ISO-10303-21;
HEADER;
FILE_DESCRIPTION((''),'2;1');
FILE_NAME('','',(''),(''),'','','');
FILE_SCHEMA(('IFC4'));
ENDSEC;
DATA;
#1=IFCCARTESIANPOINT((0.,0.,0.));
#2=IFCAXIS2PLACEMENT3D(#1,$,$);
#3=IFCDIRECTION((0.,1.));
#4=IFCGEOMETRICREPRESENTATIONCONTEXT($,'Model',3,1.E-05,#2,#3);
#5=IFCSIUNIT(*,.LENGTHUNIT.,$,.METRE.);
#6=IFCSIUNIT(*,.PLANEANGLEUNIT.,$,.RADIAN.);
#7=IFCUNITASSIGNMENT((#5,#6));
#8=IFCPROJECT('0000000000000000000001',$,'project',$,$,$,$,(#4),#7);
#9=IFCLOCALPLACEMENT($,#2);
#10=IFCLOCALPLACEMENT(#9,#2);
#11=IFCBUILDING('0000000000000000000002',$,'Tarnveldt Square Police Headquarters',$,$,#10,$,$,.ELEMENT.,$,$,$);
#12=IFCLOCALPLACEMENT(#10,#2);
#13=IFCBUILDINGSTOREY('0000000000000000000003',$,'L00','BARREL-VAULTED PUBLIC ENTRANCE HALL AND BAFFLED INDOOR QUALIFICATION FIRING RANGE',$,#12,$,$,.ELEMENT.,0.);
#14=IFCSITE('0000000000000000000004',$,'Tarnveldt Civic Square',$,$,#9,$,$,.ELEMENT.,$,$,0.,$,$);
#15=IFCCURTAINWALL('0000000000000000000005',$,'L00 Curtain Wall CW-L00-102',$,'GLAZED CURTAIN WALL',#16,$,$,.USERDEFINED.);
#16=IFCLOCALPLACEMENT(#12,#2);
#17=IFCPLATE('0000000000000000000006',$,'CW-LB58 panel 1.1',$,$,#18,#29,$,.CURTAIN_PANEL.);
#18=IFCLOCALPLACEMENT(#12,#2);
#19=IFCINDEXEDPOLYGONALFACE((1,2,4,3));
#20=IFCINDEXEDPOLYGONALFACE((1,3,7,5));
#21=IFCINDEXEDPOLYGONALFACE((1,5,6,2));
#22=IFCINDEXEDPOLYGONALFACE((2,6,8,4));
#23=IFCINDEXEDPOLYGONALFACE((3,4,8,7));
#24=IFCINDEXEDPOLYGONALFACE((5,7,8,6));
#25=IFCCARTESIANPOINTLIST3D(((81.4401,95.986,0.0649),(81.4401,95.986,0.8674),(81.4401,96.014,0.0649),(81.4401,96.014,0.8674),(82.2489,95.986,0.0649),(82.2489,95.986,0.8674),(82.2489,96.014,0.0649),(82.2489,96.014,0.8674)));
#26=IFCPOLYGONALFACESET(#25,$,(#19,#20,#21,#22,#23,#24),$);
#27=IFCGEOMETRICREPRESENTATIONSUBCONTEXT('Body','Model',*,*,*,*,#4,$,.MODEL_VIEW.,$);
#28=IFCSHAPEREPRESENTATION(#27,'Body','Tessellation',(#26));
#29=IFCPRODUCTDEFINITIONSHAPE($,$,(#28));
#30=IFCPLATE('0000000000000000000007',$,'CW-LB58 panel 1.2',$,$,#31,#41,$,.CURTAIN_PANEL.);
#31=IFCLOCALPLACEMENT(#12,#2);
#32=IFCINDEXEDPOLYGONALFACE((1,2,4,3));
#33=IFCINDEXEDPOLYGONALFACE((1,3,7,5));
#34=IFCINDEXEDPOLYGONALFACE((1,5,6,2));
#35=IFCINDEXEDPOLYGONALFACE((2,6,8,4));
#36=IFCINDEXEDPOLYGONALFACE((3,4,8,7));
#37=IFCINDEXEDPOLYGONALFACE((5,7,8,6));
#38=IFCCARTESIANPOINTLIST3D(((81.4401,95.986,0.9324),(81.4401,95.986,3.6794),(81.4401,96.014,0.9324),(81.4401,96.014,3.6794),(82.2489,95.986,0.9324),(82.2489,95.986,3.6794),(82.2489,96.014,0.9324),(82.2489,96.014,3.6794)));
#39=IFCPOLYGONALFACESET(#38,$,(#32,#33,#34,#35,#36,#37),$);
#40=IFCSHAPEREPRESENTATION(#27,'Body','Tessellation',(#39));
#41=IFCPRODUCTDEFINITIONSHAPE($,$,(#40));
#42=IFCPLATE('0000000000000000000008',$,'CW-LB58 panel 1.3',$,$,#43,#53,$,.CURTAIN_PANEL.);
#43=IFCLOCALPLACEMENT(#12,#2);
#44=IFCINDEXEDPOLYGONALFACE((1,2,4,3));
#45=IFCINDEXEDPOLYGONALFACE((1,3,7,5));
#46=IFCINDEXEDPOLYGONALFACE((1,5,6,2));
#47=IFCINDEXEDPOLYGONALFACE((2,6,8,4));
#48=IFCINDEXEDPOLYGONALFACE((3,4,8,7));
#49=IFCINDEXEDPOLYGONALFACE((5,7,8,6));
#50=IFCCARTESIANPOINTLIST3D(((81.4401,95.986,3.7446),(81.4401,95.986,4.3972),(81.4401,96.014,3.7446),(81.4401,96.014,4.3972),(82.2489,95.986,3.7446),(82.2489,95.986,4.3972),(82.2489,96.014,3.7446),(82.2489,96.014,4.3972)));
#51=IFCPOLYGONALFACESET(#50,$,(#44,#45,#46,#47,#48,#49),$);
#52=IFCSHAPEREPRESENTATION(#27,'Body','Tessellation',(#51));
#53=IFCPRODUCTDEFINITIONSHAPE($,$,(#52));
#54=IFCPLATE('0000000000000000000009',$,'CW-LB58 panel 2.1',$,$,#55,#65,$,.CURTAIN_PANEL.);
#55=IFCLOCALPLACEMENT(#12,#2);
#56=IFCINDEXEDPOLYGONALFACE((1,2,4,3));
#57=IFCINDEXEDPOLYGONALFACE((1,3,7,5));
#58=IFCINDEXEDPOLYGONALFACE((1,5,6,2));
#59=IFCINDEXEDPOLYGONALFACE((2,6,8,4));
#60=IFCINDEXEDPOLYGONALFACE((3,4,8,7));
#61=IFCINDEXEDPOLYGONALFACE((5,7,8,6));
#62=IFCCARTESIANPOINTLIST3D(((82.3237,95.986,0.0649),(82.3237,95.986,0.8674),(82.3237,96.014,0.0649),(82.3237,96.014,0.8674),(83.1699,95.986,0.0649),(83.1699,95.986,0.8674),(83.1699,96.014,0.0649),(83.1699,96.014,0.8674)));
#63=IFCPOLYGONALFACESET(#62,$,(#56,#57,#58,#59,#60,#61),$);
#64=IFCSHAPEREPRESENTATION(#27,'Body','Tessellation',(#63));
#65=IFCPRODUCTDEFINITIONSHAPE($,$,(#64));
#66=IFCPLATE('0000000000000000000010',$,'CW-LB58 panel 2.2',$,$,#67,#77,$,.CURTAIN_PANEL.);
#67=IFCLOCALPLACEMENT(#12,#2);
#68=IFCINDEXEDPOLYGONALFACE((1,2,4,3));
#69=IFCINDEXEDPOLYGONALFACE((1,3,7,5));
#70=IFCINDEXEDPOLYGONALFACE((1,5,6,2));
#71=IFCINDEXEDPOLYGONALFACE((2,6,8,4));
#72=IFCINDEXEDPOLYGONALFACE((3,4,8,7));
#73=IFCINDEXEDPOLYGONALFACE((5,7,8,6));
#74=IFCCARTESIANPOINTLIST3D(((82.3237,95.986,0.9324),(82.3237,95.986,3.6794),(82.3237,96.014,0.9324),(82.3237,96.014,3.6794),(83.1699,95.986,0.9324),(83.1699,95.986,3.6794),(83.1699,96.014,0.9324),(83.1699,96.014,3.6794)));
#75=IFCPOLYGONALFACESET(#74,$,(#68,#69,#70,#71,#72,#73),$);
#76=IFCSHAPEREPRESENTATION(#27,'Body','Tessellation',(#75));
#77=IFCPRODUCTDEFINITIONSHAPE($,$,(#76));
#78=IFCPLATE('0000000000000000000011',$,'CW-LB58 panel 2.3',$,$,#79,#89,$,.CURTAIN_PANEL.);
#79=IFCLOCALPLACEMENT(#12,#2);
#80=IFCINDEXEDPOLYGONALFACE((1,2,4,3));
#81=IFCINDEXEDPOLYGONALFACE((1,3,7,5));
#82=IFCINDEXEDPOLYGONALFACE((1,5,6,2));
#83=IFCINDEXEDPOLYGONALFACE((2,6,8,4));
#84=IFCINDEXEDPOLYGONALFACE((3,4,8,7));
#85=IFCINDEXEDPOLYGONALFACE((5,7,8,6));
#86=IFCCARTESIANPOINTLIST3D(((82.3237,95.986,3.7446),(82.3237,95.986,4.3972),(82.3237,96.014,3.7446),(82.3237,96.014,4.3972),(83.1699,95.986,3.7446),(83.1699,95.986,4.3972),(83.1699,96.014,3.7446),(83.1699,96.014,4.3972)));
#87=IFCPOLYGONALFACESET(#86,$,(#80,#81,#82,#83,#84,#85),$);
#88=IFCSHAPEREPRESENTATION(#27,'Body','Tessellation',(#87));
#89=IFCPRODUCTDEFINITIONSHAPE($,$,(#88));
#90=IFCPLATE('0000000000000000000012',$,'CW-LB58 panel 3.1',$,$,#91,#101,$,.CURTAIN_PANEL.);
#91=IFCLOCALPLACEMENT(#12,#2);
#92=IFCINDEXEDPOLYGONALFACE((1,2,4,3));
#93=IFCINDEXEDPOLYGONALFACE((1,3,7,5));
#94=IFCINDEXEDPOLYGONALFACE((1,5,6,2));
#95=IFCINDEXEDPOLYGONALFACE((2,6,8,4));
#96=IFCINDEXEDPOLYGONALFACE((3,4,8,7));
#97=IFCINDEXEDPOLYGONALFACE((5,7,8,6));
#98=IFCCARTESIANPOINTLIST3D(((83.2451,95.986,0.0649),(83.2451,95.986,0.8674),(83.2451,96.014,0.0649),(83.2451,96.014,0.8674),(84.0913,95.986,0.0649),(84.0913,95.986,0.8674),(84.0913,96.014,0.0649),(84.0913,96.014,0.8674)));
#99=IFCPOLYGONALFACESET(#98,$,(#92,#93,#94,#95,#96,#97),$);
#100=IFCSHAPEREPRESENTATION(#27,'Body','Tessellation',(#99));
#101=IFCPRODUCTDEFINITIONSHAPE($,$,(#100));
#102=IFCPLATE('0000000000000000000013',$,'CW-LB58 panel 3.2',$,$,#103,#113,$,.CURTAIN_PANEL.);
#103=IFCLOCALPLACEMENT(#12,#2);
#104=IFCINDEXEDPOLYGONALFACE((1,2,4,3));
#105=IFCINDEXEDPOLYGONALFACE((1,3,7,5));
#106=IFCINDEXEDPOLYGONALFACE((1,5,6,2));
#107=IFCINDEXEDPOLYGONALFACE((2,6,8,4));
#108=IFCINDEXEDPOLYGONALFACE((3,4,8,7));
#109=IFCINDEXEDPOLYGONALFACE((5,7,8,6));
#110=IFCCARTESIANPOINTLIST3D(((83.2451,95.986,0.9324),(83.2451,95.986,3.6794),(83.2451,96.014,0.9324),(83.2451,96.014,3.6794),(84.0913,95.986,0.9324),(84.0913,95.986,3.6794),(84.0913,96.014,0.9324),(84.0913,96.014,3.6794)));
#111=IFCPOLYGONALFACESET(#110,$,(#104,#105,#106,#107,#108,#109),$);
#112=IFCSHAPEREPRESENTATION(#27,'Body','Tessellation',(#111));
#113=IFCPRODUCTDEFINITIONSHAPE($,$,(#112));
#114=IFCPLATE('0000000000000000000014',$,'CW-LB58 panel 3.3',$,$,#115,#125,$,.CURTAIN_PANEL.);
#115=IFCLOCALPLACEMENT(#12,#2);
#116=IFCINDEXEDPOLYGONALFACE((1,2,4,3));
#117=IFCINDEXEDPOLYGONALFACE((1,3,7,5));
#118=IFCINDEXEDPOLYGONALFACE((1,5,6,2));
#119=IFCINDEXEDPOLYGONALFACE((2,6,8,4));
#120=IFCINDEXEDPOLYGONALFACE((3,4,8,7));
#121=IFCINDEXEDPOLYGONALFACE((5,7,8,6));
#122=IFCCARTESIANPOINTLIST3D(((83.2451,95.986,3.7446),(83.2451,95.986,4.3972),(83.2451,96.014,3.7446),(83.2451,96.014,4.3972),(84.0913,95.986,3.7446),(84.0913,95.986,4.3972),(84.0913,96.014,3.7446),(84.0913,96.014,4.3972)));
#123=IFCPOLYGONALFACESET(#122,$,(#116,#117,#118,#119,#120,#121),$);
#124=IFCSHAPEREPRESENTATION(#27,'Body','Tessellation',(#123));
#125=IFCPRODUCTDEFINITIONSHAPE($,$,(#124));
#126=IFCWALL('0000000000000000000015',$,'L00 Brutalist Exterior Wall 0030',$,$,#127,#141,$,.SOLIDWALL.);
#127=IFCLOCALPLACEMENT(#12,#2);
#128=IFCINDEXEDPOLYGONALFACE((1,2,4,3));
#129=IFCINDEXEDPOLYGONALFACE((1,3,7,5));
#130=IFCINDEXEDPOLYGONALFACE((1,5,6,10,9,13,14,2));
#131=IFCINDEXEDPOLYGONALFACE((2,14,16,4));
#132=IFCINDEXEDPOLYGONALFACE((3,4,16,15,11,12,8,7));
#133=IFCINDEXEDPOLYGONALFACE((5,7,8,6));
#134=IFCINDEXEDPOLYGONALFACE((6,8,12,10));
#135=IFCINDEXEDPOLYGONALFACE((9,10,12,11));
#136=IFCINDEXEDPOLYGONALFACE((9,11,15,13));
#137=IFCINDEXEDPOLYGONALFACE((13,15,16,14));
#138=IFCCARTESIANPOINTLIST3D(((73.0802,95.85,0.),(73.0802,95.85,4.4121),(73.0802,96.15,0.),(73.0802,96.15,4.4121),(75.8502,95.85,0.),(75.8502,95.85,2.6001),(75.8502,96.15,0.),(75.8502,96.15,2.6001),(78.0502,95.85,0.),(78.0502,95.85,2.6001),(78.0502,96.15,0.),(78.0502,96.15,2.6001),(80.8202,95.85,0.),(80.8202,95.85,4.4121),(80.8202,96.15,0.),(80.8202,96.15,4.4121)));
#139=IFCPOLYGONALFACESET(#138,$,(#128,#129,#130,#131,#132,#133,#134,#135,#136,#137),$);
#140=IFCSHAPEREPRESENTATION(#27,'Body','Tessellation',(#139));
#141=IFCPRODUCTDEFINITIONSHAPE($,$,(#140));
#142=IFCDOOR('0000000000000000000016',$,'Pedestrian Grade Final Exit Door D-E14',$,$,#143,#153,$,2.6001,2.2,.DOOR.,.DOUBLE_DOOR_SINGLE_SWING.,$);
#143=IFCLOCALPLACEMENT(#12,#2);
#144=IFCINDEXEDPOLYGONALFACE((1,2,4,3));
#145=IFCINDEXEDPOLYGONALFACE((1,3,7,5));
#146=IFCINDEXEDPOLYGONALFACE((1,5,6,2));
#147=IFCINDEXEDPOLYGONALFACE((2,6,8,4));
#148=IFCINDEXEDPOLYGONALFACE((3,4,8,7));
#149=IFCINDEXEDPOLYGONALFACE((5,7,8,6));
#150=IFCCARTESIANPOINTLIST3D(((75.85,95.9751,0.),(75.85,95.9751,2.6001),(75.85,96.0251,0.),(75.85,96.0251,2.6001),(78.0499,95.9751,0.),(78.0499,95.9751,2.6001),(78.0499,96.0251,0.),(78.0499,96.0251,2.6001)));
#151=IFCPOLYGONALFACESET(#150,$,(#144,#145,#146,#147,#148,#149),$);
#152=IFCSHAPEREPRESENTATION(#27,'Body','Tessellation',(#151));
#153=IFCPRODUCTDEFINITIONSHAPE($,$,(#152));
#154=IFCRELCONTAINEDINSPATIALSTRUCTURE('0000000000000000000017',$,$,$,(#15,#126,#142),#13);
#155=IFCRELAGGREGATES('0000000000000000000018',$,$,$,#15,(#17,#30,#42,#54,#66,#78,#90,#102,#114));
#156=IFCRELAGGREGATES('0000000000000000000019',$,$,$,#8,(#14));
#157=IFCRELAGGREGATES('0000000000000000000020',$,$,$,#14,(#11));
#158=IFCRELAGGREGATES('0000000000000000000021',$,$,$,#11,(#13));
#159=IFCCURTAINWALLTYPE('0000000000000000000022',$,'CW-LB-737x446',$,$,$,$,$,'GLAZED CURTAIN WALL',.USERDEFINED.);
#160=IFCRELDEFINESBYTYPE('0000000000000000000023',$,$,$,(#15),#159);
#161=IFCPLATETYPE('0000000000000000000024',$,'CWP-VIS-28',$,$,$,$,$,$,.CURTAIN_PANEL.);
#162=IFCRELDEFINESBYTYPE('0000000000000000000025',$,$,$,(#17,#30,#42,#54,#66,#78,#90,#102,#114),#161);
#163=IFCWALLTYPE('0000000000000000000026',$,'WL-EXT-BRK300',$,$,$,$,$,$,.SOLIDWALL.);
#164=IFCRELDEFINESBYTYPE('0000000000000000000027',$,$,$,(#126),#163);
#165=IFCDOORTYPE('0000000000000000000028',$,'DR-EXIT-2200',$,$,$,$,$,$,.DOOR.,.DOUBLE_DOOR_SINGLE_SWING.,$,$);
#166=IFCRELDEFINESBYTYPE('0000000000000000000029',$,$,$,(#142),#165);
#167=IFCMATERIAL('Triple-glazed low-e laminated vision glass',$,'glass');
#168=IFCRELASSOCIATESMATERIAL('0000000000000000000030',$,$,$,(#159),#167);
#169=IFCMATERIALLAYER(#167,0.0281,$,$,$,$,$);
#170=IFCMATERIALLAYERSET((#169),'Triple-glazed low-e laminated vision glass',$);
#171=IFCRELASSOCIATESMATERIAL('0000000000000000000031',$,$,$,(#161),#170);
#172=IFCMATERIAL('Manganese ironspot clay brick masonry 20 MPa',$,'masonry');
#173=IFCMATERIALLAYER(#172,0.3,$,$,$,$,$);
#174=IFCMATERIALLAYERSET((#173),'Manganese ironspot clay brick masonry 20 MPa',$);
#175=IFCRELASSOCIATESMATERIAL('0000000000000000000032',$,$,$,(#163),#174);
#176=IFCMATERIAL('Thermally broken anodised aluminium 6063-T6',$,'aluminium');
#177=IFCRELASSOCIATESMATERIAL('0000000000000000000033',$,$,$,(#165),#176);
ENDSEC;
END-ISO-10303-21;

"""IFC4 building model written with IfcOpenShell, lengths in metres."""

from ifc_helpers import new_model, si_unit, direction, frame, frame_2d, origin, origin_2d, place, context, subcontext, project, spatial, rectangle, extrude, material, layer, layer_set, type_object, element, fill, aggregate, save


model = new_model("IFC4")

# Units and contexts
model_context = context("Model", 3, precision=1e-05, world=origin(), true_north=direction((0.0, 1.0)))
body_context = subcontext(model_context, "Body", "Model", "MODEL_VIEW")
ifc_project = project(units=[si_unit("LENGTHUNIT", "METRE"), si_unit("PLANEANGLEUNIT", "RADIAN")], contexts=[model_context])

# Site, building, storey
site_placement = place(None, origin())
site = spatial("IfcSite", under=ifc_project, at=site_placement, Name="Tarnveldt Civic Square", CompositionType="ELEMENT", RefElevation=0.0)
building_placement = place(site_placement, origin())
building = spatial("IfcBuilding", under=site, at=building_placement, Name="Tarnveldt Square Police Headquarters", CompositionType="ELEMENT")
storey_placement = place(building_placement, origin())
storey = spatial("IfcBuildingStorey", under=building, at=storey_placement, Name="L00", Description="BARREL-VAULTED PUBLIC ENTRANCE HALL AND BAFFLED INDOOR QUALIFICATION FIRING RANGE", CompositionType="ELEMENT", Elevation=0.0)

# Curtain wall, plates
ifc_material_1 = material(Name="Triple-glazed low-e laminated vision glass", Category="glass")
curtain_wall_type = type_object("IfcCurtainWallType", Name="CW-LB-737x446", ElementType="GLAZED CURTAIN WALL", PredefinedType="USERDEFINED", material=ifc_material_1)
curtain_wall_placement = place(storey_placement, origin())
curtain_wall = element("IfcCurtainWall", 1, at=curtain_wall_placement, inside=storey, type_object=curtain_wall_type, Name="L00 Curtain Wall CW-L00-102", ObjectType="GLAZED CURTAIN WALL", PredefinedType="USERDEFINED")
ifc_material_2 = material(Name="Thermally broken anodised aluminium 6063-T6", Category="aluminium")
ifc_layer_1 = layer(ifc_material_1, 0.0281)
ifc_layer_set_1 = layer_set([ifc_layer_1], Name="Triple-glazed low-e laminated vision glass")
plate_type = type_object("IfcPlateType", Name="CWP-VIS-28", PredefinedType="CURTAIN_PANEL", material=ifc_layer_set_1)
plate_1_placement = place(storey_placement, frame((81.8445, 96.0, 0.0649), z_axis=(0.0, 0.0, 1.0), x_axis=(1.0, 0.0, 0.0)))
plate_1 = element("IfcPlate", 2, at=plate_1_placement, type_object=plate_type, Name="CW-LB58 panel 1.1", PredefinedType="CURTAIN_PANEL", context=body_context, shape_type="SweptSolid", body=[
    extrude(rectangle(XDim=0.8088, YDim=0.0281, at=origin_2d()), origin(), (0.0, 0.0, 1.0), 0.8025),
])
plate_2_placement = place(storey_placement, frame((81.8445, 96.0, 0.9324), z_axis=(0.0, 0.0, 1.0), x_axis=(1.0, 0.0, 0.0)))
plate_2 = element("IfcPlate", 3, at=plate_2_placement, type_object=plate_type, Name="CW-LB58 panel 1.2", PredefinedType="CURTAIN_PANEL", context=body_context, shape_type="SweptSolid", body=[
    extrude(rectangle(XDim=0.8088, YDim=0.0281, at=origin_2d()), origin(), (0.0, 0.0, 1.0), 2.7471),
])
plate_3_placement = place(storey_placement, frame((81.8445, 96.0, 3.7446), z_axis=(0.0, 0.0, 1.0), x_axis=(1.0, 0.0, 0.0)))
plate_3 = element("IfcPlate", 4, at=plate_3_placement, type_object=plate_type, Name="CW-LB58 panel 1.3", PredefinedType="CURTAIN_PANEL", context=body_context, shape_type="SweptSolid", body=[
    extrude(rectangle(XDim=0.8088, YDim=0.0281, at=origin_2d()), origin(), (0.0, 0.0, 1.0), 0.6526),
])
plate_4_placement = place(storey_placement, frame((82.7468, 96.0, 0.0649), z_axis=(0.0, 0.0, 1.0), x_axis=(1.0, 0.0, 0.0)))
plate_4 = element("IfcPlate", 5, at=plate_4_placement, type_object=plate_type, Name="CW-LB58 panel 2.1", PredefinedType="CURTAIN_PANEL", context=body_context, shape_type="SweptSolid", body=[
    extrude(rectangle(XDim=0.8462, YDim=0.0281, at=origin_2d()), origin(), (0.0, 0.0, 1.0), 0.8025),
])
plate_5_placement = place(storey_placement, frame((82.7468, 96.0, 0.9324), z_axis=(0.0, 0.0, 1.0), x_axis=(1.0, 0.0, 0.0)))
plate_5 = element("IfcPlate", 6, at=plate_5_placement, type_object=plate_type, Name="CW-LB58 panel 2.2", PredefinedType="CURTAIN_PANEL", context=body_context, shape_type="SweptSolid", body=[
    extrude(rectangle(XDim=0.8462, YDim=0.0281, at=origin_2d()), origin(), (0.0, 0.0, 1.0), 2.7471),
])
plate_6_placement = place(storey_placement, frame((82.7468, 96.0, 3.7446), z_axis=(0.0, 0.0, 1.0), x_axis=(1.0, 0.0, 0.0)))
plate_6 = element("IfcPlate", 7, at=plate_6_placement, type_object=plate_type, Name="CW-LB58 panel 2.3", PredefinedType="CURTAIN_PANEL", context=body_context, shape_type="SweptSolid", body=[
    extrude(rectangle(XDim=0.8462, YDim=0.0281, at=origin_2d()), origin(), (0.0, 0.0, 1.0), 0.6526),
])
plate_7_placement = place(storey_placement, frame((83.6682, 96.0, 0.0649), z_axis=(0.0, 0.0, 1.0), x_axis=(1.0, 0.0, 0.0)))
plate_7 = element("IfcPlate", 8, at=plate_7_placement, type_object=plate_type, Name="CW-LB58 panel 3.1", PredefinedType="CURTAIN_PANEL", context=body_context, shape_type="SweptSolid", body=[
    extrude(rectangle(XDim=0.8462, YDim=0.0281, at=origin_2d()), origin(), (0.0, 0.0, 1.0), 0.8025),
])
plate_8_placement = place(storey_placement, frame((83.6682, 96.0, 0.9324), z_axis=(0.0, 0.0, 1.0), x_axis=(1.0, 0.0, 0.0)))
plate_8 = element("IfcPlate", 9, at=plate_8_placement, type_object=plate_type, Name="CW-LB58 panel 3.2", PredefinedType="CURTAIN_PANEL", context=body_context, shape_type="SweptSolid", body=[
    extrude(rectangle(XDim=0.8462, YDim=0.0281, at=origin_2d()), origin(), (0.0, 0.0, 1.0), 2.7471),
])
plate_9_placement = place(storey_placement, frame((83.6682, 96.0, 3.7446), z_axis=(0.0, 0.0, 1.0), x_axis=(1.0, 0.0, 0.0)))
plate_9 = element("IfcPlate", 10, at=plate_9_placement, type_object=plate_type, Name="CW-LB58 panel 3.3", PredefinedType="CURTAIN_PANEL", context=body_context, shape_type="SweptSolid", body=[
    extrude(rectangle(XDim=0.8462, YDim=0.0281, at=origin_2d()), origin(), (0.0, 0.0, 1.0), 0.6526),
])
aggregate(curtain_wall, [plate_1, plate_2, plate_3, plate_4, plate_5, plate_6, plate_7, plate_8, plate_9])

# Wall, opening, door
ifc_material_3 = material(Name="Manganese ironspot clay brick masonry 20 MPa", Category="masonry")
ifc_layer_2 = layer(ifc_material_3, 0.3)
ifc_layer_set_2 = layer_set([ifc_layer_2], Name="Manganese ironspot clay brick masonry 20 MPa")
wall_type = type_object("IfcWallType", Name="WL-EXT-BRK300", PredefinedType="SOLIDWALL", material=ifc_layer_set_2)
wall_placement = place(storey_placement, frame((73.0801, 96.0, 0.0), z_axis=(0.0, 0.0, 1.0), x_axis=(1.0, 0.0, 0.0)))
wall = element("IfcWall", 11, at=wall_placement, inside=storey, type_object=wall_type, Name="L00 Brutalist Exterior Wall 0030", PredefinedType="SOLIDWALL", context=body_context, shape_type="SweptSolid", body=[
    extrude(rectangle(XDim=7.74, YDim=0.3, at=frame_2d((3.8701, 0.0))), origin(), (0.0, 0.0, 1.0), 4.4121),
])
opening_placement = place(wall_placement, frame((2.77, 0.0, 0.0)))
opening = element("IfcOpeningElement", 12, at=opening_placement, cuts=wall, PredefinedType="OPENING", context=body_context, shape_type="SweptSolid", body=[
    extrude(rectangle(XDim=2.2, YDim=2.6001, at=frame_2d((1.1001, 1.3))), frame((0.0, 0.1599, 0.0), z_axis=(0.0, -1.0, 0.0), x_axis=(1.0, 0.0, 0.0)), (0.0, 0.0, 1.0), 0.3201),
])
door_type = type_object("IfcDoorType", Name="DR-EXIT-2200", OperationType="DOUBLE_DOOR_SINGLE_SWING", PredefinedType="DOOR", material=ifc_material_2)
door_placement = place(opening_placement, frame((2.2, 0.0, 0.0), z_axis=(0.0, 0.0, 1.0), x_axis=(-1.0, 0.0, 0.0)))
door = element("IfcDoor", 13, at=door_placement, inside=storey, type_object=door_type, Name="Pedestrian Grade Final Exit Door D-E14", OperationType="DOUBLE_DOOR_SINGLE_SWING", OverallHeight=2.6001, OverallWidth=2.2, PredefinedType="DOOR", context=body_context, shape_type="SweptSolid", body=[
    extrude(rectangle(XDim=2.2, YDim=2.6001, at=frame_2d((1.1001, 1.3))), frame((0.0, 0.0249, 0.0), z_axis=(0.0, -1.0, 0.0), x_axis=(1.0, 0.0, 0.0)), (0.0, 0.0, 1.0), 0.05),
])
fill(opening, door)

save(model, "model.ifc")
